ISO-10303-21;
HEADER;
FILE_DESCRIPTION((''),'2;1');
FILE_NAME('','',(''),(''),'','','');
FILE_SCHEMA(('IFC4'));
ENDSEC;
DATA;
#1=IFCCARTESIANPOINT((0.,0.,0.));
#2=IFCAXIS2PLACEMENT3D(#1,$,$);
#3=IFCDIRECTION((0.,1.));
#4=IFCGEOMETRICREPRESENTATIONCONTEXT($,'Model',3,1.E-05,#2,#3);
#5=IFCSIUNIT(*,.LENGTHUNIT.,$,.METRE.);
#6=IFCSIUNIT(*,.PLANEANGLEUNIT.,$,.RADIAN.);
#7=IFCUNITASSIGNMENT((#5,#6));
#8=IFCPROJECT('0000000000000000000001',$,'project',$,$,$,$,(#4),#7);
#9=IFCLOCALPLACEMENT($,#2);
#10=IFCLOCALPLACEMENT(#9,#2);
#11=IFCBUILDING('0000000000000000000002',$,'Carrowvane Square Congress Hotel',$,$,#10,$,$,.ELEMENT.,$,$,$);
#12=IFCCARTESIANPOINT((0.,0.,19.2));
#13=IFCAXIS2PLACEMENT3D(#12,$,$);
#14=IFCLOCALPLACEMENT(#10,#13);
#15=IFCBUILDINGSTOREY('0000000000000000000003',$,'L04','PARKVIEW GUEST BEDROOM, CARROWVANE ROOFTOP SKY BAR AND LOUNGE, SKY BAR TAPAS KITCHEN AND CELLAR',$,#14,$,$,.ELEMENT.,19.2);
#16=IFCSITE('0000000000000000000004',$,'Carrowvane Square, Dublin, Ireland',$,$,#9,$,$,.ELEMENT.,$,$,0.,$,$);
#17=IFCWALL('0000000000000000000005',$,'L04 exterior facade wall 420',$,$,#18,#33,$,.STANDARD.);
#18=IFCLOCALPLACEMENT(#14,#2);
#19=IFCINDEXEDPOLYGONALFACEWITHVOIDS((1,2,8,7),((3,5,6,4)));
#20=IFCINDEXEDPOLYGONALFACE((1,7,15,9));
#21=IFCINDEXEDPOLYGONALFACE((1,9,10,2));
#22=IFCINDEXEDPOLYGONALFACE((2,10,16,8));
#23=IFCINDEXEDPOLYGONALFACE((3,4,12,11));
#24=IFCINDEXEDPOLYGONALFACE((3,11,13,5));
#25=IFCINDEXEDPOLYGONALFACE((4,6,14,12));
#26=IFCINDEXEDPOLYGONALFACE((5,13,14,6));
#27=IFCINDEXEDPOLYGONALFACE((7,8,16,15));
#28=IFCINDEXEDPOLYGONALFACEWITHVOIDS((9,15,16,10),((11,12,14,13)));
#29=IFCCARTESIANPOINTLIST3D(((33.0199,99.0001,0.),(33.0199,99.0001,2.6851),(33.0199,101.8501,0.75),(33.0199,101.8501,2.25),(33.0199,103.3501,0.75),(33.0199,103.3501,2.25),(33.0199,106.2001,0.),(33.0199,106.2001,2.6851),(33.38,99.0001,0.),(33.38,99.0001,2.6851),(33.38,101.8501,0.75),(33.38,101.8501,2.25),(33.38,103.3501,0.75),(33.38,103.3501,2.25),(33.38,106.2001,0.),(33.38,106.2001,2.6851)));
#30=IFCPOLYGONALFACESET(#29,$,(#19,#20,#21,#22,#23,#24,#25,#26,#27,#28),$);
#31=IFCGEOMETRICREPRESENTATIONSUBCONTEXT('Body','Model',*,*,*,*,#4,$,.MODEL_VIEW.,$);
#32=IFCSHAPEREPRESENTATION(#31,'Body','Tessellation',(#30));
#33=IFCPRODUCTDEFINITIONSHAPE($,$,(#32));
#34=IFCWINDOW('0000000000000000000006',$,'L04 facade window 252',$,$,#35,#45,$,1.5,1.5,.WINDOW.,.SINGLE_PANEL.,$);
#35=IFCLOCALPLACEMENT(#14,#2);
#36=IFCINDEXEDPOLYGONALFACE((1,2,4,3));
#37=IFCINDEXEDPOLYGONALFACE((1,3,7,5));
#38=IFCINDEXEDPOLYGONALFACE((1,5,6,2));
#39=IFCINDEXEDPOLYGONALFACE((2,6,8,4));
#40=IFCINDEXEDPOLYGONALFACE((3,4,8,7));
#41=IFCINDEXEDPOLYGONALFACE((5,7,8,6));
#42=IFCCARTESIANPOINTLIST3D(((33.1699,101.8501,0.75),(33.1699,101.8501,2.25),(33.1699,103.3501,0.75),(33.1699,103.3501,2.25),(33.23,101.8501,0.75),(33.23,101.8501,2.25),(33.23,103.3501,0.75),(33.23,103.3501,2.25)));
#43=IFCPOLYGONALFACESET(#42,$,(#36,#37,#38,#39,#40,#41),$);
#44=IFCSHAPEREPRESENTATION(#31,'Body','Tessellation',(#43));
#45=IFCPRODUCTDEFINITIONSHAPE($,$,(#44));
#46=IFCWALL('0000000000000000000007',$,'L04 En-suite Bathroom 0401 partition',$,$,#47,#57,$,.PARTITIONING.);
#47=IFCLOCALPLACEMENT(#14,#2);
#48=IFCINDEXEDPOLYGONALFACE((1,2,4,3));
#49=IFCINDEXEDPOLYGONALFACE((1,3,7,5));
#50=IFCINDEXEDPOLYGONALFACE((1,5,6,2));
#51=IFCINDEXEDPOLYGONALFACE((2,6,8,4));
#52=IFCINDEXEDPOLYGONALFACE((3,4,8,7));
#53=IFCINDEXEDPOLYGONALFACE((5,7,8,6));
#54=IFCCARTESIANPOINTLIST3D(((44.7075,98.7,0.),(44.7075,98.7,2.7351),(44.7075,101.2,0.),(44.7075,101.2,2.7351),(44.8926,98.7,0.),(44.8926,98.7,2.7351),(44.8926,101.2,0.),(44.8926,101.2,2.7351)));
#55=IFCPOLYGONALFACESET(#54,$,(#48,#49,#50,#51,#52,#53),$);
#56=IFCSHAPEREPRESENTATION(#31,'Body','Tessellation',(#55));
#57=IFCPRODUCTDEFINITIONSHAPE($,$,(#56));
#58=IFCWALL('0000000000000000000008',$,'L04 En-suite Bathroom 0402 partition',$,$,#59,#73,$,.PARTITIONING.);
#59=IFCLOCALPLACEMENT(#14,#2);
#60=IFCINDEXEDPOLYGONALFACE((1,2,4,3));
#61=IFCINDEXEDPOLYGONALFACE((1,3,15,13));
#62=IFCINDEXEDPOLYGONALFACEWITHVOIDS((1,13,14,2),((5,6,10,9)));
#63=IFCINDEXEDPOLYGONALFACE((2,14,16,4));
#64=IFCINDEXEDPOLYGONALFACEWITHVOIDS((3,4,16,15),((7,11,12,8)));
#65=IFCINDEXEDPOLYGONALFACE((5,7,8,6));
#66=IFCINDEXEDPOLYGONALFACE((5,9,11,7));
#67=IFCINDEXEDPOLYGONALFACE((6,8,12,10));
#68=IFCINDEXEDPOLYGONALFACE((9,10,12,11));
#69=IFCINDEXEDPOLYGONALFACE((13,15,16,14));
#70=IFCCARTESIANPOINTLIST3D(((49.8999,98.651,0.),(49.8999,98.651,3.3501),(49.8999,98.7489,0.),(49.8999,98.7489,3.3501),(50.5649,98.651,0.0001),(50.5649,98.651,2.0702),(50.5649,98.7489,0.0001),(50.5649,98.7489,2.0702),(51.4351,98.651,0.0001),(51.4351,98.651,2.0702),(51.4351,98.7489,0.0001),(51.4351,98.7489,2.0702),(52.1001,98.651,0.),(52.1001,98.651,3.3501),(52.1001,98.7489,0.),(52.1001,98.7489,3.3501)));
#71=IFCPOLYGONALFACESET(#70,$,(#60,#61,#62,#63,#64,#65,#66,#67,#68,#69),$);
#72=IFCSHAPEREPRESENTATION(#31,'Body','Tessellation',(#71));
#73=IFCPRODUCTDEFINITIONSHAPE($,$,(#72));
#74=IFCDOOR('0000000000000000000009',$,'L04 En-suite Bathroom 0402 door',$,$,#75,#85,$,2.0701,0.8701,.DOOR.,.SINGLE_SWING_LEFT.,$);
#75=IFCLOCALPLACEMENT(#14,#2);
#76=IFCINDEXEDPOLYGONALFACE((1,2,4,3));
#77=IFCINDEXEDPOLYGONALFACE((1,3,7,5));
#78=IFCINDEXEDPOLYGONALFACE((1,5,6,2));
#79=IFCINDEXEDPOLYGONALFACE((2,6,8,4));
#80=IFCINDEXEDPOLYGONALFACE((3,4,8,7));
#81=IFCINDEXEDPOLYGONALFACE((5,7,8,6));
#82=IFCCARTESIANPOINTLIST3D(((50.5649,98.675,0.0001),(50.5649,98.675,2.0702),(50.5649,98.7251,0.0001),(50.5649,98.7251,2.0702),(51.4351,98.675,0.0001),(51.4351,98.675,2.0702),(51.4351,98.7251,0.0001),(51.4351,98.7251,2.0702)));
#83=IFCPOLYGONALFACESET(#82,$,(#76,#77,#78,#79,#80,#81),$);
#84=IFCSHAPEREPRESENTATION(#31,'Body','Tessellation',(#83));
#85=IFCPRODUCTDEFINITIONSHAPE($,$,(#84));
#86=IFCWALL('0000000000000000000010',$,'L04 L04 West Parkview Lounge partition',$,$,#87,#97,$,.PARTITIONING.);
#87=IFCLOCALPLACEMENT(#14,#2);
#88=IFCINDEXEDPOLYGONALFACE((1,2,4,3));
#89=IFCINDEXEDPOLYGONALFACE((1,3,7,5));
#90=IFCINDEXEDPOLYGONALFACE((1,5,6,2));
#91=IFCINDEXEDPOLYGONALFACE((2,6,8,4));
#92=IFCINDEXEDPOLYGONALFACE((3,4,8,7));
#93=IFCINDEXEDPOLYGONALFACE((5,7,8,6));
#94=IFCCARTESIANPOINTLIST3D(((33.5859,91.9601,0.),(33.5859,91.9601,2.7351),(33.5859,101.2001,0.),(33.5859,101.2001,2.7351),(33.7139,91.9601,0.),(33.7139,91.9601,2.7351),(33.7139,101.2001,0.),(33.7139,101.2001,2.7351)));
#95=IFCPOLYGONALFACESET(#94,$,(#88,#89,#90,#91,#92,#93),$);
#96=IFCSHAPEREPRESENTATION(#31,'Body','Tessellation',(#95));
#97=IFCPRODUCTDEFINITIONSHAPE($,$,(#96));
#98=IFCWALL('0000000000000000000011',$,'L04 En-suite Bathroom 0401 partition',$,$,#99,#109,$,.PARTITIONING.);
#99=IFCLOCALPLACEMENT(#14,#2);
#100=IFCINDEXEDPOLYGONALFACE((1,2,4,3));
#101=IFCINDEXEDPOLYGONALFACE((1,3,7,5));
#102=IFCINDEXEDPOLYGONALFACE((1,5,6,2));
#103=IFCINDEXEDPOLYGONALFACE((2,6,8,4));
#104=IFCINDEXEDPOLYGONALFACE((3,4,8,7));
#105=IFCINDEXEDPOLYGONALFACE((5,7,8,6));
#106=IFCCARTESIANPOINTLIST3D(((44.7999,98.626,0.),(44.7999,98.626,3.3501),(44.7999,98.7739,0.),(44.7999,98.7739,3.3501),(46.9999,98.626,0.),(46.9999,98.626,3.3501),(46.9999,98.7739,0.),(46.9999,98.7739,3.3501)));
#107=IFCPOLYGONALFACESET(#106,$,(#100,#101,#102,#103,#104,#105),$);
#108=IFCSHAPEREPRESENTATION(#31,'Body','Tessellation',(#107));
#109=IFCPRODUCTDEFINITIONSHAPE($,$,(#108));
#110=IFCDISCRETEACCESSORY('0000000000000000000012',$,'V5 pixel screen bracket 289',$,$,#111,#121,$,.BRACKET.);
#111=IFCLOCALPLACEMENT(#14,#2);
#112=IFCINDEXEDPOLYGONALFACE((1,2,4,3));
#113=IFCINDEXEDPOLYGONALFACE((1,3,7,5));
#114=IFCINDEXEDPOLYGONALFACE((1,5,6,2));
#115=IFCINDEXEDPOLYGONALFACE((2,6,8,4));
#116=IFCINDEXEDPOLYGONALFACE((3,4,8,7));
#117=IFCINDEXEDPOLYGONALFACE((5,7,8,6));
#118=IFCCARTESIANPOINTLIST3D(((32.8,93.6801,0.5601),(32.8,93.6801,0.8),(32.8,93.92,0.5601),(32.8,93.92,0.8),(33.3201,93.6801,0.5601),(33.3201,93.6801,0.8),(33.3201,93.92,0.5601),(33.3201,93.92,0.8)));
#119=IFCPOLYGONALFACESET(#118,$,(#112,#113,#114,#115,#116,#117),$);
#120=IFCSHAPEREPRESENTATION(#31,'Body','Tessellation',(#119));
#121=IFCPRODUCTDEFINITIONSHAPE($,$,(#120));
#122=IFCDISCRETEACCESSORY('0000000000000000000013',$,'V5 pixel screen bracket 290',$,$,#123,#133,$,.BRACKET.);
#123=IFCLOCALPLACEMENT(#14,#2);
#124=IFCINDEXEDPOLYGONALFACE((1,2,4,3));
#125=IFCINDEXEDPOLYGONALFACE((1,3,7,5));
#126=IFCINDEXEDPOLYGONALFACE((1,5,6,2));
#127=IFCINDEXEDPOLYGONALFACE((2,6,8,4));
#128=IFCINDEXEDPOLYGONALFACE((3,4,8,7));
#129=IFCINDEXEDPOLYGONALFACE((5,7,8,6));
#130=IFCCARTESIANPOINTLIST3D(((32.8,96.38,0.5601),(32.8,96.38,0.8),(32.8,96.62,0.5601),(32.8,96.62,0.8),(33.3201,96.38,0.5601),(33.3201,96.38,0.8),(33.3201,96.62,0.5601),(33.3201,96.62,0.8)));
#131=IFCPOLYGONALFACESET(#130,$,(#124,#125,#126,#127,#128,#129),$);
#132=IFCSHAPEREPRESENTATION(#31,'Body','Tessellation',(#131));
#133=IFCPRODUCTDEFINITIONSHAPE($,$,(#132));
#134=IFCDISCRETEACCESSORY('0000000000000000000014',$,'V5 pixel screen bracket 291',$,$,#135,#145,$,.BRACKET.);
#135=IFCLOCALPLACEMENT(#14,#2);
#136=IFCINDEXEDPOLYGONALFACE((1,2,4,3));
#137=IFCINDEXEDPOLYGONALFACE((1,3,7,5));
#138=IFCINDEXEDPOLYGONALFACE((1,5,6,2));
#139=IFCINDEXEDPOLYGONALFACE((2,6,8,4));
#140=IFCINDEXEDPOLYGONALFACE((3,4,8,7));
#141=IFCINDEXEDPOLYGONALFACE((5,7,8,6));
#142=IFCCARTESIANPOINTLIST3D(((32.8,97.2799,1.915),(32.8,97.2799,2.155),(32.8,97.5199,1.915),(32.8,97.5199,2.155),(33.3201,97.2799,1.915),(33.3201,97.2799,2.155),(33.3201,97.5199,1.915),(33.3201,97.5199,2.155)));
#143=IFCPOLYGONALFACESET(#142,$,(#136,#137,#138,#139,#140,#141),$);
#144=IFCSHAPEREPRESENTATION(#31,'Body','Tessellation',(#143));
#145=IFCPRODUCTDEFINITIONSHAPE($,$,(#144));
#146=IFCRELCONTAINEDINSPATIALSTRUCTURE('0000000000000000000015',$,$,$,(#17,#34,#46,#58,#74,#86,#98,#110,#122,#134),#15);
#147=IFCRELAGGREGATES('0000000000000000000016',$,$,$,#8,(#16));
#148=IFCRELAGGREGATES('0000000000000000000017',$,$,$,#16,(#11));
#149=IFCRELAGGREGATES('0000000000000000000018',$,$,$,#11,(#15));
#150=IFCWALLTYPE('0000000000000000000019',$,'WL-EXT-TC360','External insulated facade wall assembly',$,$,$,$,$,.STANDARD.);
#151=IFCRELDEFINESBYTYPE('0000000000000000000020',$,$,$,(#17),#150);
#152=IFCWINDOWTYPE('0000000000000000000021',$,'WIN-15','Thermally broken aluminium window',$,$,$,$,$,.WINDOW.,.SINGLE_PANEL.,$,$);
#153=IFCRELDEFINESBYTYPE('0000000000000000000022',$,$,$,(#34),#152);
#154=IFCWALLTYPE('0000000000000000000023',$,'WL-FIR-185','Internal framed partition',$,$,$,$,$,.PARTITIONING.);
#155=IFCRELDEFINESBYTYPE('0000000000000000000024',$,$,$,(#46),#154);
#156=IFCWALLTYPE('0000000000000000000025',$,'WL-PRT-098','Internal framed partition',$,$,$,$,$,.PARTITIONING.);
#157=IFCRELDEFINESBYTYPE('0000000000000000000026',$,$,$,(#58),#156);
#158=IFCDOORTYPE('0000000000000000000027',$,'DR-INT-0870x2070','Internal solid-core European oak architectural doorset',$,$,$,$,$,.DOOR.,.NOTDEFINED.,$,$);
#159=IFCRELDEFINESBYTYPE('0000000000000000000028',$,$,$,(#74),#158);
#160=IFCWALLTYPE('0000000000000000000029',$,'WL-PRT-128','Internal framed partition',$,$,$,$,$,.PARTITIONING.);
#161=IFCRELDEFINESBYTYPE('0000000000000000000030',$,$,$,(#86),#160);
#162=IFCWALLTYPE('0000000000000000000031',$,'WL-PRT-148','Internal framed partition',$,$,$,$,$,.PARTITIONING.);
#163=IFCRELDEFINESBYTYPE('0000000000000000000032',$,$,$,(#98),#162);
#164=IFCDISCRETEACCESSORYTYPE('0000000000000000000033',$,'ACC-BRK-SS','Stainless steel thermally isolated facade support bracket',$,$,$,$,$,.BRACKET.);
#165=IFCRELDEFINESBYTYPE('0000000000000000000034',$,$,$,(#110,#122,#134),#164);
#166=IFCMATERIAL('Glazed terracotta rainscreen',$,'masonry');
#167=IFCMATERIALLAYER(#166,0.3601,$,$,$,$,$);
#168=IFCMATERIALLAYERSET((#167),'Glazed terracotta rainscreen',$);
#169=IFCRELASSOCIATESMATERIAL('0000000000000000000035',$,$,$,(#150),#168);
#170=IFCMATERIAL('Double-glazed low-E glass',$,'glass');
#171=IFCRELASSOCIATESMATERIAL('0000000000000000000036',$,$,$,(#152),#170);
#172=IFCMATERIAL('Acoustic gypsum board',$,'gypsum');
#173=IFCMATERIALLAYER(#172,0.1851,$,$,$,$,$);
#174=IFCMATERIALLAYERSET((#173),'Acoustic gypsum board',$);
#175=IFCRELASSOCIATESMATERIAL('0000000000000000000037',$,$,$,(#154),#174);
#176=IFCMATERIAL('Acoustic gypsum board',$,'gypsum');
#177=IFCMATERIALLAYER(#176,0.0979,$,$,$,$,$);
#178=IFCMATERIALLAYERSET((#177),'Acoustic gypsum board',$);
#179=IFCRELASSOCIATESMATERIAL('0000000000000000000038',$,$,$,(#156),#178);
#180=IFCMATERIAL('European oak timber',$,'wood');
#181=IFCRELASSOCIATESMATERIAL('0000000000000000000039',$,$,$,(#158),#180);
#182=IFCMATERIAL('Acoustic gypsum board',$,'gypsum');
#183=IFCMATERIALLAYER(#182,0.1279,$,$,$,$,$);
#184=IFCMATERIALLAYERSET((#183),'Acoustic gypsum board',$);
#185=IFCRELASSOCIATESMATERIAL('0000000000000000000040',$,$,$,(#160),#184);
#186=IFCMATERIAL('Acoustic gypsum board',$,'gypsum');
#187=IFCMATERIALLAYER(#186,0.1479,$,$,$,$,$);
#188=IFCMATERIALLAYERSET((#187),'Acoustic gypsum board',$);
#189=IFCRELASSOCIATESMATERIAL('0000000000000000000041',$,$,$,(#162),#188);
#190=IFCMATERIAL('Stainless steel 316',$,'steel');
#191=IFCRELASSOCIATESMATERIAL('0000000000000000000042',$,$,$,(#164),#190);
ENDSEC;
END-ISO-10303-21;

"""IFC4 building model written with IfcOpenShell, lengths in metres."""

from ifc_helpers import new_model, si_unit, direction, frame, frame_2d, origin, origin_2d, place, context, subcontext, project, spatial, rectangle, extrude, material, layer, layer_set, type_object, element, fill, save


model = new_model("IFC4")

# Units and contexts
model_context = context("Model", 3, precision=1e-05, world=origin(), true_north=direction((0.0, 1.0)))
body_context = subcontext(model_context, "Body", "Model", "MODEL_VIEW")
ifc_project = project(units=[si_unit("LENGTHUNIT", "METRE"), si_unit("PLANEANGLEUNIT", "RADIAN")], contexts=[model_context])

# Site, building, storey
site_placement = place(None, origin())
site = spatial("IfcSite", under=ifc_project, at=site_placement, Name="Carrowvane Square, Dublin, Ireland", CompositionType="ELEMENT", RefElevation=0.0)
building_placement = place(site_placement, origin())
building = spatial("IfcBuilding", under=site, at=building_placement, Name="Carrowvane Square Congress Hotel", CompositionType="ELEMENT")
storey_placement = place(building_placement, frame((0.0, 0.0, 19.2)))
storey = spatial("IfcBuildingStorey", under=building, at=storey_placement, Name="L04", Description="PARKVIEW GUEST BEDROOM, CARROWVANE ROOFTOP SKY BAR AND LOUNGE, SKY BAR TAPAS KITCHEN AND CELLAR", CompositionType="ELEMENT", Elevation=19.2)

# Wall, opening, window
ifc_material_1 = material(Name="Glazed terracotta rainscreen", Category="masonry")
ifc_layer_1 = layer(ifc_material_1, 0.3601)
ifc_layer_set_1 = layer_set([ifc_layer_1], Name="Glazed terracotta rainscreen")
wall_type_1 = type_object("IfcWallType", Name="WL-EXT-TC360", Description="External insulated facade wall assembly", PredefinedType="STANDARD", material=ifc_layer_set_1)
wall_1_placement = place(storey_placement, frame((33.2, 99.0, 0.0), z_axis=(0.0, 0.0, 1.0), x_axis=(0.0, 1.0, 0.0)))
wall_1 = element("IfcWall", 1, at=wall_1_placement, inside=storey, type_object=wall_type_1, Name="L04 exterior facade wall 420", PredefinedType="STANDARD", context=body_context, shape_type="SweptSolid", body=[
    extrude(rectangle(XDim=7.2, YDim=0.3601, at=frame_2d((3.6001, 0.0))), origin(), (0.0, 0.0, 1.0), 2.6851),
])
opening_1_placement = place(wall_1_placement, frame((2.8501, 0.0, 0.75)))
opening_1 = element("IfcOpeningElement", 2, at=opening_1_placement, cuts=wall_1, PredefinedType="OPENING", context=body_context, shape_type="SweptSolid", body=[
    extrude(rectangle(XDim=1.5, YDim=1.5, at=frame_2d((0.75, 0.75))), frame((0.0, 0.1899, 0.0), z_axis=(0.0, -1.0, 0.0), x_axis=(1.0, 0.0, 0.0)), (0.0, 0.0, 1.0), 0.3801),
])
ifc_material_2 = material(Name="Double-glazed low-E glass", Category="glass")
window_type = type_object("IfcWindowType", Name="WIN-15", Description="Thermally broken aluminium window", PartitioningType="SINGLE_PANEL", PredefinedType="WINDOW", material=ifc_material_2)
window_placement = place(opening_1_placement, origin())
window = element("IfcWindow", 3, at=window_placement, inside=storey, type_object=window_type, Name="L04 facade window 252", OverallHeight=1.5, OverallWidth=1.5, PartitioningType="SINGLE_PANEL", PredefinedType="WINDOW", context=body_context, shape_type="SweptSolid", body=[
    extrude(rectangle(XDim=1.5, YDim=1.5, at=frame_2d((0.75, 0.75))), frame((0.0, 0.03, 0.0), z_axis=(0.0, -1.0, 0.0), x_axis=(1.0, 0.0, 0.0)), (0.0, 0.0, 1.0), 0.0601),
])
fill(opening_1, window)

# Wall
ifc_material_3 = material(Name="Acoustic gypsum board", Category="gypsum")
ifc_layer_2 = layer(ifc_material_3, 0.1851)
ifc_layer_set_2 = layer_set([ifc_layer_2], Name="Acoustic gypsum board")
wall_type_2 = type_object("IfcWallType", Name="WL-FIR-185", Description="Internal framed partition", PredefinedType="PARTITIONING", material=ifc_layer_set_2)
wall_2_placement = place(storey_placement, frame((44.8, 98.7, 0.0), z_axis=(0.0, 0.0, 1.0), x_axis=(0.0, 1.0, 0.0)))
element("IfcWall", 4, at=wall_2_placement, inside=storey, type_object=wall_type_2, Name="L04 En-suite Bathroom 0401 partition", PredefinedType="PARTITIONING", context=body_context, shape_type="SweptSolid", body=[
    extrude(rectangle(XDim=2.5, YDim=0.1851, at=frame_2d((1.25, 0.0))), origin(), (0.0, 0.0, 1.0), 2.7351),
])

# Wall, opening, door
ifc_material_4 = material(Name="Acoustic gypsum board", Category="gypsum")
ifc_layer_3 = layer(ifc_material_4, 0.0979)
ifc_layer_set_3 = layer_set([ifc_layer_3], Name="Acoustic gypsum board")
wall_type_3 = type_object("IfcWallType", Name="WL-PRT-098", Description="Internal framed partition", PredefinedType="PARTITIONING", material=ifc_layer_set_3)
wall_3_placement = place(storey_placement, frame((52.1001, 98.7, 0.0), z_axis=(0.0, 0.0, 1.0), x_axis=(-1.0, 0.0, 0.0)))
wall_3 = element("IfcWall", 5, at=wall_3_placement, inside=storey, type_object=wall_type_3, Name="L04 En-suite Bathroom 0402 partition", PredefinedType="PARTITIONING", context=body_context, shape_type="SweptSolid", body=[
    extrude(rectangle(XDim=2.2002, YDim=0.0979, at=frame_2d((1.1001, 0.0))), origin(), (0.0, 0.0, 1.0), 3.3501),
])
opening_2_placement = place(wall_3_placement, frame((0.665, 0.0, 0.0)))
opening_2 = element("IfcOpeningElement", 6, at=opening_2_placement, cuts=wall_3, PredefinedType="OPENING", context=body_context, shape_type="SweptSolid", body=[
    extrude(rectangle(XDim=0.8701, YDim=2.0701, at=frame_2d((0.4351, 1.0352))), frame((0.0, 0.0588, 0.0), z_axis=(0.0, -1.0, 0.0), x_axis=(1.0, 0.0, 0.0)), (0.0, 0.0, 1.0), 0.1179),
])
ifc_material_5 = material(Name="European oak timber", Category="wood")
door_type = type_object("IfcDoorType", Name="DR-INT-0870x2070", Description="Internal solid-core European oak architectural doorset", OperationType="NOTDEFINED", PredefinedType="DOOR", material=ifc_material_5)
door_placement = place(opening_2_placement, origin())
door = element("IfcDoor", 7, at=door_placement, inside=storey, type_object=door_type, Name="L04 En-suite Bathroom 0402 door", OperationType="SINGLE_SWING_LEFT", OverallHeight=2.0701, OverallWidth=0.8701, PredefinedType="DOOR", context=body_context, shape_type="SweptSolid", body=[
    extrude(rectangle(XDim=0.8701, YDim=2.0701, at=frame_2d((0.4351, 1.0352))), frame((0.0, 0.0249, 0.0), z_axis=(0.0, -1.0, 0.0), x_axis=(1.0, 0.0, 0.0)), (0.0, 0.0, 1.0), 0.05),
])
fill(opening_2, door)

# Walls
ifc_material_6 = material(Name="Acoustic gypsum board", Category="gypsum")
ifc_layer_4 = layer(ifc_material_6, 0.1279)
ifc_layer_set_4 = layer_set([ifc_layer_4], Name="Acoustic gypsum board")
wall_type_4 = type_object("IfcWallType", Name="WL-PRT-128", Description="Internal framed partition", PredefinedType="PARTITIONING", material=ifc_layer_set_4)
wall_4_placement = place(storey_placement, frame((33.6499, 91.96, 0.0), z_axis=(0.0, 0.0, 1.0), x_axis=(0.0, 1.0, 0.0)))
element("IfcWall", 8, at=wall_4_placement, inside=storey, type_object=wall_type_4, Name="L04 L04 West Parkview Lounge partition", PredefinedType="PARTITIONING", context=body_context, shape_type="SweptSolid", body=[
    extrude(rectangle(XDim=9.24, YDim=0.1279, at=frame_2d((4.6201, 0.0))), origin(), (0.0, 0.0, 1.0), 2.7351),
])
ifc_material_7 = material(Name="Acoustic gypsum board", Category="gypsum")
ifc_layer_5 = layer(ifc_material_7, 0.1479)
ifc_layer_set_5 = layer_set([ifc_layer_5], Name="Acoustic gypsum board")
wall_type_5 = type_object("IfcWallType", Name="WL-PRT-148", Description="Internal framed partition", PredefinedType="PARTITIONING", material=ifc_layer_set_5)
wall_5_placement = place(storey_placement, frame((47.0, 98.7, 0.0), z_axis=(0.0, 0.0, 1.0), x_axis=(-1.0, 0.0, 0.0)))
element("IfcWall", 9, at=wall_5_placement, inside=storey, type_object=wall_type_5, Name="L04 En-suite Bathroom 0401 partition", PredefinedType="PARTITIONING", context=body_context, shape_type="SweptSolid", body=[
    extrude(rectangle(XDim=2.2, YDim=0.1479, at=frame_2d((1.1001, 0.0))), origin(), (0.0, 0.0, 1.0), 3.3501),
])

# Discrete accessories
ifc_material_8 = material(Name="Stainless steel 316", Category="steel")
discrete_accessory_type = type_object("IfcDiscreteAccessoryType", Name="ACC-BRK-SS", Description="Stainless steel thermally isolated facade support bracket", PredefinedType="BRACKET", material=ifc_material_8)
for number, where, z_axis, x_axis, name in (
    (10, (33.0601, 93.8, 0.5601), (0.0, 0.0, 1.0), (0.0, 1.0, 0.0), "V5 pixel screen bracket 289"),
    (11, (33.0601, 96.5, 0.5601), (0.0, 0.0, 1.0), (0.0, 1.0, 0.0), "V5 pixel screen bracket 290"),
    (12, (33.0601, 97.3999, 1.915), (0.0, 0.0, 1.0), (0.0, 1.0, 0.0), "V5 pixel screen bracket 291"),
):
    element("IfcDiscreteAccessory", number, at=place(storey_placement, frame(where, z_axis=z_axis, x_axis=x_axis)), inside=storey, type_object=discrete_accessory_type, Name=name, PredefinedType="BRACKET", context=body_context, shape_type="SweptSolid", body=[
        extrude(rectangle(XDim=0.24, YDim=0.52, at=origin_2d()), origin(), (0.0, 0.0, 1.0), 0.24),
    ])

save(model, "model.ifc")
